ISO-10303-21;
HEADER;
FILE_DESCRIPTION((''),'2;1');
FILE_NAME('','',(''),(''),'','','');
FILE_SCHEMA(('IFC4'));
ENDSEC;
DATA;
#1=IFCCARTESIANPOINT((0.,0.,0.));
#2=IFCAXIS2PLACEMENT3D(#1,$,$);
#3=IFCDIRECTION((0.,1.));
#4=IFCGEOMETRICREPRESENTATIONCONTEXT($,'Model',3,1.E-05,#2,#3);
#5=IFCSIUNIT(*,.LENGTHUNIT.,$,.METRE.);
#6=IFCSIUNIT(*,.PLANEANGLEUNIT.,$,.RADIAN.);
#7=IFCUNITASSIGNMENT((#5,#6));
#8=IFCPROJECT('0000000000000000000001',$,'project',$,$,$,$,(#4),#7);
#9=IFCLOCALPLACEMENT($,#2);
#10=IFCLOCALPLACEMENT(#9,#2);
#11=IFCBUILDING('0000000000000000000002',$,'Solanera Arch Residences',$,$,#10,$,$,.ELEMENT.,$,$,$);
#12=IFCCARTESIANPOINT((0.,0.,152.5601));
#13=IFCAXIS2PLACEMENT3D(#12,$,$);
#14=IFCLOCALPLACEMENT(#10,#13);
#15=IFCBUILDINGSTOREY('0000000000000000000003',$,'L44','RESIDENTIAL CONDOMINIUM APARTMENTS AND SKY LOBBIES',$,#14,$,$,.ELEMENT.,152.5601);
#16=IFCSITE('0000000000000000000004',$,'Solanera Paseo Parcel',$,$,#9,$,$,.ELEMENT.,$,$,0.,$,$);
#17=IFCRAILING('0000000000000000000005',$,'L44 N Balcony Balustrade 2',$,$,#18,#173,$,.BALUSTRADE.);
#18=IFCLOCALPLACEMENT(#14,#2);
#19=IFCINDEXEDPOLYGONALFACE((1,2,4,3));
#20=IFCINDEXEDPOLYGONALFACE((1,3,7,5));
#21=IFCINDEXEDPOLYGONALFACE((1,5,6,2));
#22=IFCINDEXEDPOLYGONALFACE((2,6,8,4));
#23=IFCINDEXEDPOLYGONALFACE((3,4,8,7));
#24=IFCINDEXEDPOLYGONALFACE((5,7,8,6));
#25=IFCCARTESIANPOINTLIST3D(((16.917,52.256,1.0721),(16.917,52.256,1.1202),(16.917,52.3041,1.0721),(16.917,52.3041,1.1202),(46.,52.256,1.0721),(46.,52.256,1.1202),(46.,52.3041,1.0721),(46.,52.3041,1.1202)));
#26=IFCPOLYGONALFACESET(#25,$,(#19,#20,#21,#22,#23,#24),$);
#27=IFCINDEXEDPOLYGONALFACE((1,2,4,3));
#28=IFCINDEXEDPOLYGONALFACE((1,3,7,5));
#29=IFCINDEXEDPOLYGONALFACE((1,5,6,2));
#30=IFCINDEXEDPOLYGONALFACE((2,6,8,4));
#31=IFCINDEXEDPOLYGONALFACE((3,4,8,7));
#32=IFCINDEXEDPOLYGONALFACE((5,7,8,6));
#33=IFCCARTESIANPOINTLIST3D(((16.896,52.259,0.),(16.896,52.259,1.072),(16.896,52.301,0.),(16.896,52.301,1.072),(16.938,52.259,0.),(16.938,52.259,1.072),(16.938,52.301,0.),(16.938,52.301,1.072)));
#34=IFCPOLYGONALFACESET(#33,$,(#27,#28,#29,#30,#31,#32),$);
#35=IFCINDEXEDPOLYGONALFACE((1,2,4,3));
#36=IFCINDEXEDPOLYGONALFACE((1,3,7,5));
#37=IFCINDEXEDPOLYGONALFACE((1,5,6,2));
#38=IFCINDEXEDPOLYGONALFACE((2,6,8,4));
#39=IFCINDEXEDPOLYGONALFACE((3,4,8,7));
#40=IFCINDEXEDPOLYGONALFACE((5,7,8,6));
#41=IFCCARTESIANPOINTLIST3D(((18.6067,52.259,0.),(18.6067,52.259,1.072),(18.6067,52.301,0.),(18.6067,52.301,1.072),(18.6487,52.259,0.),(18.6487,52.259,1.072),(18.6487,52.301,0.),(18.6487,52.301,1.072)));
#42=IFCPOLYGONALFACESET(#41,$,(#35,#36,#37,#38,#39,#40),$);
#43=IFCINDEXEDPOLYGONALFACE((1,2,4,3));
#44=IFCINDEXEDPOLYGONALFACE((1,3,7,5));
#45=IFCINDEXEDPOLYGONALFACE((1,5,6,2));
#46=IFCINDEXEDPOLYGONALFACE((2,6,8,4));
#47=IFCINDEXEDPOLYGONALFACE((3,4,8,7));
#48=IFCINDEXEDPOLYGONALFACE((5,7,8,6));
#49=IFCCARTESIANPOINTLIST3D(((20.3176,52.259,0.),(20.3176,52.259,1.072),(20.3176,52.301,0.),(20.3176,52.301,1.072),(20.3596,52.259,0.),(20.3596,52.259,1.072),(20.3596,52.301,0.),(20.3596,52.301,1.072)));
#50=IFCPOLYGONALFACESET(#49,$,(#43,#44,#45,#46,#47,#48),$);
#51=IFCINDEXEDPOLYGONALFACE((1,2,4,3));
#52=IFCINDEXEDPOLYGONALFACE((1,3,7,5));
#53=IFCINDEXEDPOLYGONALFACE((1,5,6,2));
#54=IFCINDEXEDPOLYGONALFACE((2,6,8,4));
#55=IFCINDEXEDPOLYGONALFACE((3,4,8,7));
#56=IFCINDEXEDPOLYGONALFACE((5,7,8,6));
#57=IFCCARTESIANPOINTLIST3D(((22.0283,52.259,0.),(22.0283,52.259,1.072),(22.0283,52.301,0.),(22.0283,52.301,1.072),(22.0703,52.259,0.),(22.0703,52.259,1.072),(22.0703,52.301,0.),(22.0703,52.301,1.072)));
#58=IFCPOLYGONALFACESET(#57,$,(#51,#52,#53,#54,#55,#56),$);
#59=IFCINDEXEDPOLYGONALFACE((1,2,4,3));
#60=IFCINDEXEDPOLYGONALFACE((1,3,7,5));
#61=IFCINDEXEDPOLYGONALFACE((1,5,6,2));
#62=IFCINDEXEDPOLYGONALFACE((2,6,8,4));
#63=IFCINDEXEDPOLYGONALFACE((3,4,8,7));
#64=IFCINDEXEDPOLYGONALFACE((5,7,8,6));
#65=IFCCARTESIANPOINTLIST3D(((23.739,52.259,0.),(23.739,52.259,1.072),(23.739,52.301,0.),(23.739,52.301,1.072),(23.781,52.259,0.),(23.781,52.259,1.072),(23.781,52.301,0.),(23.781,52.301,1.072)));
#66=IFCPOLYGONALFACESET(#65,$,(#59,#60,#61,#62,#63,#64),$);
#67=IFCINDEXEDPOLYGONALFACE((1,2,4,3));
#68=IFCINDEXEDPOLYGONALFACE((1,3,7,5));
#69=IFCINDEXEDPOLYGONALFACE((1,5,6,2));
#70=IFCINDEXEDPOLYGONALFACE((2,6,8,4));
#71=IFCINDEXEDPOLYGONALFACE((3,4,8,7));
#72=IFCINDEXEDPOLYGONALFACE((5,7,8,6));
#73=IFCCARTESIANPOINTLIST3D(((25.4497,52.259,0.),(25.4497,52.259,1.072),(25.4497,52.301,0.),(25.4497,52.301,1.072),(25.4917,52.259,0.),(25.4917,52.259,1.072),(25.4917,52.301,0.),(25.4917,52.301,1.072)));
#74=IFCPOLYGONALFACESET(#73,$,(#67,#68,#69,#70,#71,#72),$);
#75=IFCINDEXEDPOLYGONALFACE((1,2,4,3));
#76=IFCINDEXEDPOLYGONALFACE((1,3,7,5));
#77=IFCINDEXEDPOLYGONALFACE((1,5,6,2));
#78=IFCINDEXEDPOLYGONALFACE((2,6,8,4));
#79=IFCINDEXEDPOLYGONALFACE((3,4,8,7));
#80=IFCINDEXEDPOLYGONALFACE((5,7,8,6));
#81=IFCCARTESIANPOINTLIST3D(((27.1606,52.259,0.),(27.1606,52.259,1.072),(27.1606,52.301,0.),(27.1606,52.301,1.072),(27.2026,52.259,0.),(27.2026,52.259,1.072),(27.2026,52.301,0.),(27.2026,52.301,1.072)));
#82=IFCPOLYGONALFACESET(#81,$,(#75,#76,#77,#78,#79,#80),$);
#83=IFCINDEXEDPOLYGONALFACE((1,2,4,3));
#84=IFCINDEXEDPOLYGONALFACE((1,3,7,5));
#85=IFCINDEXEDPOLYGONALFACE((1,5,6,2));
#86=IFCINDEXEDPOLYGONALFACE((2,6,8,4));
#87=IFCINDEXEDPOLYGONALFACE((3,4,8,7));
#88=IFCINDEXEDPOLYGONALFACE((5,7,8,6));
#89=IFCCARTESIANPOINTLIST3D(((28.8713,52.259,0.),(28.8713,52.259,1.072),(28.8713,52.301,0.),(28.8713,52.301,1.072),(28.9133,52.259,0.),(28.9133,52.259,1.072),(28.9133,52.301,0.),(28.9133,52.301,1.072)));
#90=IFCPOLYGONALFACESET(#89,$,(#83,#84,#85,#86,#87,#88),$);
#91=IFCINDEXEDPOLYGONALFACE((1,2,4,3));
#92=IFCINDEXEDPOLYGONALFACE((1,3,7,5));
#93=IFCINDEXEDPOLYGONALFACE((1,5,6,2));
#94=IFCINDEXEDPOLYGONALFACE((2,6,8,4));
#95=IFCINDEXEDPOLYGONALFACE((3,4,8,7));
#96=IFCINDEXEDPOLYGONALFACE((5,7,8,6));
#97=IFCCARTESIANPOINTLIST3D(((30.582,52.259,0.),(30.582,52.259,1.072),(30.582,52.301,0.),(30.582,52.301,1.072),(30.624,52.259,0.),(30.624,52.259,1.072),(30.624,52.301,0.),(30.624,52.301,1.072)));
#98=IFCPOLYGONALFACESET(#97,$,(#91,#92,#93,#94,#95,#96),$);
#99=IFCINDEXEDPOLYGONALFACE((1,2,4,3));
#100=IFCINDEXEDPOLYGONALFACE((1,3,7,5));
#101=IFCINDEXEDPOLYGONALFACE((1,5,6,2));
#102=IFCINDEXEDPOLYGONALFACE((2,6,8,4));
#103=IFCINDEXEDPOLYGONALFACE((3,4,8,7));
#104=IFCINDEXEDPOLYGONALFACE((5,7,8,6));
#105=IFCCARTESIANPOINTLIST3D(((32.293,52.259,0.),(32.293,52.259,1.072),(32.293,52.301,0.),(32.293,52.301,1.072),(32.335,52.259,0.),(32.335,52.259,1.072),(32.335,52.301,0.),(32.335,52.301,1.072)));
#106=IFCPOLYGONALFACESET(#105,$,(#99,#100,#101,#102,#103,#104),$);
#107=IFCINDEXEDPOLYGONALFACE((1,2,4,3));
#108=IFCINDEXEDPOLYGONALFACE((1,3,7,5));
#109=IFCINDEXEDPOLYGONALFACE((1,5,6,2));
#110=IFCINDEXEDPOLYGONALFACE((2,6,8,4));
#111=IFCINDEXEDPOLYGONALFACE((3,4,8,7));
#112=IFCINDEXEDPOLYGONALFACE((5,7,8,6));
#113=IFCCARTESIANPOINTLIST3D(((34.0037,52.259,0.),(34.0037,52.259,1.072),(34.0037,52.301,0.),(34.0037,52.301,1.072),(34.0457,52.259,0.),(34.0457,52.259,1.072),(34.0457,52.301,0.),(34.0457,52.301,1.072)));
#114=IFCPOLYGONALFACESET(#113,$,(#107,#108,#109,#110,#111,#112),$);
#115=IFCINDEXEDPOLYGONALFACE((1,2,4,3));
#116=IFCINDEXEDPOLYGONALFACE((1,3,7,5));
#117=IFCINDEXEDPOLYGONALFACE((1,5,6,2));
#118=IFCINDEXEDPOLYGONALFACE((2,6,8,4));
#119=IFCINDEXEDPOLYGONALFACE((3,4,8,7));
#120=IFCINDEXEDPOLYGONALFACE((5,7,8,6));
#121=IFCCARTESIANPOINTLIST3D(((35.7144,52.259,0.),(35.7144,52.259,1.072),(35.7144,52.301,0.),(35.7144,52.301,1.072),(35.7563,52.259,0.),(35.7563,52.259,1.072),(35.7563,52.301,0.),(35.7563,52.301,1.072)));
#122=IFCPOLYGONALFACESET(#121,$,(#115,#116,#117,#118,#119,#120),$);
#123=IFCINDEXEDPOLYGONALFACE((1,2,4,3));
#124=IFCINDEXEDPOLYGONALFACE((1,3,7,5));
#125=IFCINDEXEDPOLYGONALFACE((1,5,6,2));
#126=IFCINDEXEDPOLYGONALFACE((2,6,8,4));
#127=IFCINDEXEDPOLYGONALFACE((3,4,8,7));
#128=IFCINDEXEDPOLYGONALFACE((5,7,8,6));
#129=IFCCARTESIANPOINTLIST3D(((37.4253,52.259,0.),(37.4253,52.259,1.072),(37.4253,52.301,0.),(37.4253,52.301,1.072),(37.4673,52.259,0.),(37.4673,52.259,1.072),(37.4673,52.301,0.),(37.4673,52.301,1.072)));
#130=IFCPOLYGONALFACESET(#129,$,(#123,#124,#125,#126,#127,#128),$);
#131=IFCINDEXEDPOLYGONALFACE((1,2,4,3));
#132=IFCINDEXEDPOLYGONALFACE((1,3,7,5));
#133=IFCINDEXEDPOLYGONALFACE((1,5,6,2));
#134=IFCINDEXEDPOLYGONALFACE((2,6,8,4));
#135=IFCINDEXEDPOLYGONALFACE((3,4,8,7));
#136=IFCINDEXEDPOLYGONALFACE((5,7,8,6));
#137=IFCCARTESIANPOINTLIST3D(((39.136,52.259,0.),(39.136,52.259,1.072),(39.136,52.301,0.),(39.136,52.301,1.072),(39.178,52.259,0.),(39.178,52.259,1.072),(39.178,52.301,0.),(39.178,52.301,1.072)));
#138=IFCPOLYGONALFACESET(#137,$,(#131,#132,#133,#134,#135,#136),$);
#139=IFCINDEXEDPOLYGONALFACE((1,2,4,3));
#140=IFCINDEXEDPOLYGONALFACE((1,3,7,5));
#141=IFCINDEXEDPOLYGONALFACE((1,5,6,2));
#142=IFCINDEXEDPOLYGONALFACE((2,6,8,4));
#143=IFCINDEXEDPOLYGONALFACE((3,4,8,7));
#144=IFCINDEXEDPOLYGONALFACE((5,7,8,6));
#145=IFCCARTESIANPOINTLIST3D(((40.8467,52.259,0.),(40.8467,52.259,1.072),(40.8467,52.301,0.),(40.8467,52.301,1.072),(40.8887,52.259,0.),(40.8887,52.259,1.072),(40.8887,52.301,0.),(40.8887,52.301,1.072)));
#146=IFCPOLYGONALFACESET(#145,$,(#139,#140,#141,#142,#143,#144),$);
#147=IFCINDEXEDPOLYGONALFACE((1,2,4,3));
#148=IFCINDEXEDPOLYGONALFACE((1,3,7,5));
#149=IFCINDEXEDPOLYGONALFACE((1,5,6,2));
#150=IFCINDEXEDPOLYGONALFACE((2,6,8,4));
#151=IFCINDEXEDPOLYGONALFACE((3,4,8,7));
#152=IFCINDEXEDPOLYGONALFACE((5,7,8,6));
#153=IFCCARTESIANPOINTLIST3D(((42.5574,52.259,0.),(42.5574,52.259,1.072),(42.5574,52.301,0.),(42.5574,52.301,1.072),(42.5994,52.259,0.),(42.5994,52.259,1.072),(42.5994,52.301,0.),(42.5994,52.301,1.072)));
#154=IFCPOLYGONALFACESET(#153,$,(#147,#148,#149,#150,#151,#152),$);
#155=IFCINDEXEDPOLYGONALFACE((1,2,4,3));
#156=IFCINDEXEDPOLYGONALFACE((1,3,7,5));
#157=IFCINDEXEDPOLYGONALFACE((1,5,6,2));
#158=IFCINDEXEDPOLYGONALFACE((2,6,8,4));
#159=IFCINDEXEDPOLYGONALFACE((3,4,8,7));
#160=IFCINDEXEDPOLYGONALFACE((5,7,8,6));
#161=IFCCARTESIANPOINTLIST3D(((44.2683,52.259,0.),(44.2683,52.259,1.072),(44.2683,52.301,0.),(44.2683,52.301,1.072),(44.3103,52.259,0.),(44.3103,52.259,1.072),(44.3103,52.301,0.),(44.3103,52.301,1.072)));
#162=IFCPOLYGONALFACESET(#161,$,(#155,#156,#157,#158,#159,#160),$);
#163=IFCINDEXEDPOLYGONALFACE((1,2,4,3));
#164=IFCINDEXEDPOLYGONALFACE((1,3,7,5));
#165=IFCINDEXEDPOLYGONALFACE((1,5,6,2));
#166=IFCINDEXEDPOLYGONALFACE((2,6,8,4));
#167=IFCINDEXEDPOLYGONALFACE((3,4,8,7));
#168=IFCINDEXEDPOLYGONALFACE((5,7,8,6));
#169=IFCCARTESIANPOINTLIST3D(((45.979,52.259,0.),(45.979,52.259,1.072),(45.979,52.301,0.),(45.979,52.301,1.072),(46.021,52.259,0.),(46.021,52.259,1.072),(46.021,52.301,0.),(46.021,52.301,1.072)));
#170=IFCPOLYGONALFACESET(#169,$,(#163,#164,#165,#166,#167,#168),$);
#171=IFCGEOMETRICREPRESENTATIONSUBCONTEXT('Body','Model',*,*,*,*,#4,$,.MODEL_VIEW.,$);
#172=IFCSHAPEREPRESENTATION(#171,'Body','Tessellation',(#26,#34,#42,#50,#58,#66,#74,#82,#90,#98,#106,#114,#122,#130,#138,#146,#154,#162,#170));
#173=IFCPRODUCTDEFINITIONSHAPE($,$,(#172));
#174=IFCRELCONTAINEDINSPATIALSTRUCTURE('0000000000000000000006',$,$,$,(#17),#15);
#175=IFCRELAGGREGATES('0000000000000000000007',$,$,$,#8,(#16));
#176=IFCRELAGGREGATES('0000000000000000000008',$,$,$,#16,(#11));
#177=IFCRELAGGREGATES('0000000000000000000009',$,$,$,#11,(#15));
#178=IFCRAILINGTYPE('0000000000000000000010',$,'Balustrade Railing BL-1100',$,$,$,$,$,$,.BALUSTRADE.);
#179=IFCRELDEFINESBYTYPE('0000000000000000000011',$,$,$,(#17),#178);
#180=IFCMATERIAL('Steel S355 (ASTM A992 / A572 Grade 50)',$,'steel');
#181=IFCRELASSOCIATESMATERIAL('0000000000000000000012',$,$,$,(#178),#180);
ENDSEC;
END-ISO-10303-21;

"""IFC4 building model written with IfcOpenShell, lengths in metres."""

from ifc_helpers import new_model, si_unit, direction, frame, origin, origin_2d, place, context, subcontext, project, spatial, rectangle, extrude, material, type_object, element, save


model = new_model("IFC4")

# Units and contexts
model_context = context("Model", 3, precision=1e-05, world=origin(), true_north=direction((0.0, 1.0)))
body_context = subcontext(model_context, "Body", "Model", "MODEL_VIEW")
ifc_project = project(units=[si_unit("LENGTHUNIT", "METRE"), si_unit("PLANEANGLEUNIT", "RADIAN")], contexts=[model_context])

# Site, building, storey
site_placement = place(None, origin())
site = spatial("IfcSite", under=ifc_project, at=site_placement, Name="Solanera Paseo Parcel", CompositionType="ELEMENT", RefElevation=0.0)
building_placement = place(site_placement, origin())
building = spatial("IfcBuilding", under=site, at=building_placement, Name="Solanera Arch Residences", CompositionType="ELEMENT")
storey_placement = place(building_placement, frame((0.0, 0.0, 152.5601)))
storey = spatial("IfcBuildingStorey", under=building, at=storey_placement, Name="L44", Description="RESIDENTIAL CONDOMINIUM APARTMENTS AND SKY LOBBIES", CompositionType="ELEMENT", Elevation=152.5601)

# Railing
ifc_material_1 = material(Name="Steel S355 (ASTM A992 / A572 Grade 50)", Category="steel")
railing_type = type_object("IfcRailingType", Name="Balustrade Railing BL-1100", PredefinedType="BALUSTRADE", material=ifc_material_1)
railing_placement = place(storey_placement, frame((16.917, 52.28, 0.0)))
element("IfcRailing", 1, at=railing_placement, inside=storey, type_object=railing_type, Name="L44 N Balcony Balustrade 2", PredefinedType="BALUSTRADE", context=body_context, shape_type="SweptSolid", body=[
    extrude(rectangle(XDim=0.0481, YDim=0.0481, at=origin_2d()), frame((0.0, 0.0, 1.0962), z_axis=(1.0, 0.0, 0.0), x_axis=(0.0, 1.0, 0.0)), (0.0, 0.0, 1.0), 29.083),
    extrude(rectangle(XDim=0.042, YDim=0.042, at=origin_2d()), origin(), (0.0, 0.0, 1.0), 1.072),
    extrude(rectangle(XDim=0.042, YDim=0.042, at=origin_2d()), frame((1.7107, 0.0, 0.0)), (0.0, 0.0, 1.0), 1.072),
    extrude(rectangle(XDim=0.042, YDim=0.042, at=origin_2d()), frame((3.4216, 0.0, 0.0)), (0.0, 0.0, 1.0), 1.072),
    extrude(rectangle(XDim=0.042, YDim=0.042, at=origin_2d()), frame((5.1323, 0.0, 0.0)), (0.0, 0.0, 1.0), 1.072),
    extrude(rectangle(XDim=0.042, YDim=0.042, at=origin_2d()), frame((6.843, 0.0, 0.0)), (0.0, 0.0, 1.0), 1.072),
    extrude(rectangle(XDim=0.042, YDim=0.042, at=origin_2d()), frame((8.5537, 0.0, 0.0)), (0.0, 0.0, 1.0), 1.072),
    extrude(rectangle(XDim=0.042, YDim=0.042, at=origin_2d()), frame((10.2646, 0.0, 0.0)), (0.0, 0.0, 1.0), 1.072),
    extrude(rectangle(XDim=0.042, YDim=0.042, at=origin_2d()), frame((11.9753, 0.0, 0.0)), (0.0, 0.0, 1.0), 1.072),
    extrude(rectangle(XDim=0.042, YDim=0.042, at=origin_2d()), frame((13.686, 0.0, 0.0)), (0.0, 0.0, 1.0), 1.072),
    extrude(rectangle(XDim=0.042, YDim=0.042, at=origin_2d()), frame((15.397, 0.0, 0.0)), (0.0, 0.0, 1.0), 1.072),
    extrude(rectangle(XDim=0.042, YDim=0.042, at=origin_2d()), frame((17.1077, 0.0, 0.0)), (0.0, 0.0, 1.0), 1.072),
    extrude(rectangle(XDim=0.042, YDim=0.042, at=origin_2d()), frame((18.8184, 0.0, 0.0)), (0.0, 0.0, 1.0), 1.072),
    extrude(rectangle(XDim=0.042, YDim=0.042, at=origin_2d()), frame((20.5293, 0.0, 0.0)), (0.0, 0.0, 1.0), 1.072),
    extrude(rectangle(XDim=0.042, YDim=0.042, at=origin_2d()), frame((22.24, 0.0, 0.0)), (0.0, 0.0, 1.0), 1.072),
    extrude(rectangle(XDim=0.042, YDim=0.042, at=origin_2d()), frame((23.9507, 0.0, 0.0)), (0.0, 0.0, 1.0), 1.072),
    extrude(rectangle(XDim=0.042, YDim=0.042, at=origin_2d()), frame((25.6614, 0.0, 0.0)), (0.0, 0.0, 1.0), 1.072),
    extrude(rectangle(XDim=0.042, YDim=0.042, at=origin_2d()), frame((27.3723, 0.0, 0.0)), (0.0, 0.0, 1.0), 1.072),
    extrude(rectangle(XDim=0.042, YDim=0.042, at=origin_2d()), frame((29.083, 0.0, 0.0)), (0.0, 0.0, 1.0), 1.072),
])

save(model, "model.ifc")
